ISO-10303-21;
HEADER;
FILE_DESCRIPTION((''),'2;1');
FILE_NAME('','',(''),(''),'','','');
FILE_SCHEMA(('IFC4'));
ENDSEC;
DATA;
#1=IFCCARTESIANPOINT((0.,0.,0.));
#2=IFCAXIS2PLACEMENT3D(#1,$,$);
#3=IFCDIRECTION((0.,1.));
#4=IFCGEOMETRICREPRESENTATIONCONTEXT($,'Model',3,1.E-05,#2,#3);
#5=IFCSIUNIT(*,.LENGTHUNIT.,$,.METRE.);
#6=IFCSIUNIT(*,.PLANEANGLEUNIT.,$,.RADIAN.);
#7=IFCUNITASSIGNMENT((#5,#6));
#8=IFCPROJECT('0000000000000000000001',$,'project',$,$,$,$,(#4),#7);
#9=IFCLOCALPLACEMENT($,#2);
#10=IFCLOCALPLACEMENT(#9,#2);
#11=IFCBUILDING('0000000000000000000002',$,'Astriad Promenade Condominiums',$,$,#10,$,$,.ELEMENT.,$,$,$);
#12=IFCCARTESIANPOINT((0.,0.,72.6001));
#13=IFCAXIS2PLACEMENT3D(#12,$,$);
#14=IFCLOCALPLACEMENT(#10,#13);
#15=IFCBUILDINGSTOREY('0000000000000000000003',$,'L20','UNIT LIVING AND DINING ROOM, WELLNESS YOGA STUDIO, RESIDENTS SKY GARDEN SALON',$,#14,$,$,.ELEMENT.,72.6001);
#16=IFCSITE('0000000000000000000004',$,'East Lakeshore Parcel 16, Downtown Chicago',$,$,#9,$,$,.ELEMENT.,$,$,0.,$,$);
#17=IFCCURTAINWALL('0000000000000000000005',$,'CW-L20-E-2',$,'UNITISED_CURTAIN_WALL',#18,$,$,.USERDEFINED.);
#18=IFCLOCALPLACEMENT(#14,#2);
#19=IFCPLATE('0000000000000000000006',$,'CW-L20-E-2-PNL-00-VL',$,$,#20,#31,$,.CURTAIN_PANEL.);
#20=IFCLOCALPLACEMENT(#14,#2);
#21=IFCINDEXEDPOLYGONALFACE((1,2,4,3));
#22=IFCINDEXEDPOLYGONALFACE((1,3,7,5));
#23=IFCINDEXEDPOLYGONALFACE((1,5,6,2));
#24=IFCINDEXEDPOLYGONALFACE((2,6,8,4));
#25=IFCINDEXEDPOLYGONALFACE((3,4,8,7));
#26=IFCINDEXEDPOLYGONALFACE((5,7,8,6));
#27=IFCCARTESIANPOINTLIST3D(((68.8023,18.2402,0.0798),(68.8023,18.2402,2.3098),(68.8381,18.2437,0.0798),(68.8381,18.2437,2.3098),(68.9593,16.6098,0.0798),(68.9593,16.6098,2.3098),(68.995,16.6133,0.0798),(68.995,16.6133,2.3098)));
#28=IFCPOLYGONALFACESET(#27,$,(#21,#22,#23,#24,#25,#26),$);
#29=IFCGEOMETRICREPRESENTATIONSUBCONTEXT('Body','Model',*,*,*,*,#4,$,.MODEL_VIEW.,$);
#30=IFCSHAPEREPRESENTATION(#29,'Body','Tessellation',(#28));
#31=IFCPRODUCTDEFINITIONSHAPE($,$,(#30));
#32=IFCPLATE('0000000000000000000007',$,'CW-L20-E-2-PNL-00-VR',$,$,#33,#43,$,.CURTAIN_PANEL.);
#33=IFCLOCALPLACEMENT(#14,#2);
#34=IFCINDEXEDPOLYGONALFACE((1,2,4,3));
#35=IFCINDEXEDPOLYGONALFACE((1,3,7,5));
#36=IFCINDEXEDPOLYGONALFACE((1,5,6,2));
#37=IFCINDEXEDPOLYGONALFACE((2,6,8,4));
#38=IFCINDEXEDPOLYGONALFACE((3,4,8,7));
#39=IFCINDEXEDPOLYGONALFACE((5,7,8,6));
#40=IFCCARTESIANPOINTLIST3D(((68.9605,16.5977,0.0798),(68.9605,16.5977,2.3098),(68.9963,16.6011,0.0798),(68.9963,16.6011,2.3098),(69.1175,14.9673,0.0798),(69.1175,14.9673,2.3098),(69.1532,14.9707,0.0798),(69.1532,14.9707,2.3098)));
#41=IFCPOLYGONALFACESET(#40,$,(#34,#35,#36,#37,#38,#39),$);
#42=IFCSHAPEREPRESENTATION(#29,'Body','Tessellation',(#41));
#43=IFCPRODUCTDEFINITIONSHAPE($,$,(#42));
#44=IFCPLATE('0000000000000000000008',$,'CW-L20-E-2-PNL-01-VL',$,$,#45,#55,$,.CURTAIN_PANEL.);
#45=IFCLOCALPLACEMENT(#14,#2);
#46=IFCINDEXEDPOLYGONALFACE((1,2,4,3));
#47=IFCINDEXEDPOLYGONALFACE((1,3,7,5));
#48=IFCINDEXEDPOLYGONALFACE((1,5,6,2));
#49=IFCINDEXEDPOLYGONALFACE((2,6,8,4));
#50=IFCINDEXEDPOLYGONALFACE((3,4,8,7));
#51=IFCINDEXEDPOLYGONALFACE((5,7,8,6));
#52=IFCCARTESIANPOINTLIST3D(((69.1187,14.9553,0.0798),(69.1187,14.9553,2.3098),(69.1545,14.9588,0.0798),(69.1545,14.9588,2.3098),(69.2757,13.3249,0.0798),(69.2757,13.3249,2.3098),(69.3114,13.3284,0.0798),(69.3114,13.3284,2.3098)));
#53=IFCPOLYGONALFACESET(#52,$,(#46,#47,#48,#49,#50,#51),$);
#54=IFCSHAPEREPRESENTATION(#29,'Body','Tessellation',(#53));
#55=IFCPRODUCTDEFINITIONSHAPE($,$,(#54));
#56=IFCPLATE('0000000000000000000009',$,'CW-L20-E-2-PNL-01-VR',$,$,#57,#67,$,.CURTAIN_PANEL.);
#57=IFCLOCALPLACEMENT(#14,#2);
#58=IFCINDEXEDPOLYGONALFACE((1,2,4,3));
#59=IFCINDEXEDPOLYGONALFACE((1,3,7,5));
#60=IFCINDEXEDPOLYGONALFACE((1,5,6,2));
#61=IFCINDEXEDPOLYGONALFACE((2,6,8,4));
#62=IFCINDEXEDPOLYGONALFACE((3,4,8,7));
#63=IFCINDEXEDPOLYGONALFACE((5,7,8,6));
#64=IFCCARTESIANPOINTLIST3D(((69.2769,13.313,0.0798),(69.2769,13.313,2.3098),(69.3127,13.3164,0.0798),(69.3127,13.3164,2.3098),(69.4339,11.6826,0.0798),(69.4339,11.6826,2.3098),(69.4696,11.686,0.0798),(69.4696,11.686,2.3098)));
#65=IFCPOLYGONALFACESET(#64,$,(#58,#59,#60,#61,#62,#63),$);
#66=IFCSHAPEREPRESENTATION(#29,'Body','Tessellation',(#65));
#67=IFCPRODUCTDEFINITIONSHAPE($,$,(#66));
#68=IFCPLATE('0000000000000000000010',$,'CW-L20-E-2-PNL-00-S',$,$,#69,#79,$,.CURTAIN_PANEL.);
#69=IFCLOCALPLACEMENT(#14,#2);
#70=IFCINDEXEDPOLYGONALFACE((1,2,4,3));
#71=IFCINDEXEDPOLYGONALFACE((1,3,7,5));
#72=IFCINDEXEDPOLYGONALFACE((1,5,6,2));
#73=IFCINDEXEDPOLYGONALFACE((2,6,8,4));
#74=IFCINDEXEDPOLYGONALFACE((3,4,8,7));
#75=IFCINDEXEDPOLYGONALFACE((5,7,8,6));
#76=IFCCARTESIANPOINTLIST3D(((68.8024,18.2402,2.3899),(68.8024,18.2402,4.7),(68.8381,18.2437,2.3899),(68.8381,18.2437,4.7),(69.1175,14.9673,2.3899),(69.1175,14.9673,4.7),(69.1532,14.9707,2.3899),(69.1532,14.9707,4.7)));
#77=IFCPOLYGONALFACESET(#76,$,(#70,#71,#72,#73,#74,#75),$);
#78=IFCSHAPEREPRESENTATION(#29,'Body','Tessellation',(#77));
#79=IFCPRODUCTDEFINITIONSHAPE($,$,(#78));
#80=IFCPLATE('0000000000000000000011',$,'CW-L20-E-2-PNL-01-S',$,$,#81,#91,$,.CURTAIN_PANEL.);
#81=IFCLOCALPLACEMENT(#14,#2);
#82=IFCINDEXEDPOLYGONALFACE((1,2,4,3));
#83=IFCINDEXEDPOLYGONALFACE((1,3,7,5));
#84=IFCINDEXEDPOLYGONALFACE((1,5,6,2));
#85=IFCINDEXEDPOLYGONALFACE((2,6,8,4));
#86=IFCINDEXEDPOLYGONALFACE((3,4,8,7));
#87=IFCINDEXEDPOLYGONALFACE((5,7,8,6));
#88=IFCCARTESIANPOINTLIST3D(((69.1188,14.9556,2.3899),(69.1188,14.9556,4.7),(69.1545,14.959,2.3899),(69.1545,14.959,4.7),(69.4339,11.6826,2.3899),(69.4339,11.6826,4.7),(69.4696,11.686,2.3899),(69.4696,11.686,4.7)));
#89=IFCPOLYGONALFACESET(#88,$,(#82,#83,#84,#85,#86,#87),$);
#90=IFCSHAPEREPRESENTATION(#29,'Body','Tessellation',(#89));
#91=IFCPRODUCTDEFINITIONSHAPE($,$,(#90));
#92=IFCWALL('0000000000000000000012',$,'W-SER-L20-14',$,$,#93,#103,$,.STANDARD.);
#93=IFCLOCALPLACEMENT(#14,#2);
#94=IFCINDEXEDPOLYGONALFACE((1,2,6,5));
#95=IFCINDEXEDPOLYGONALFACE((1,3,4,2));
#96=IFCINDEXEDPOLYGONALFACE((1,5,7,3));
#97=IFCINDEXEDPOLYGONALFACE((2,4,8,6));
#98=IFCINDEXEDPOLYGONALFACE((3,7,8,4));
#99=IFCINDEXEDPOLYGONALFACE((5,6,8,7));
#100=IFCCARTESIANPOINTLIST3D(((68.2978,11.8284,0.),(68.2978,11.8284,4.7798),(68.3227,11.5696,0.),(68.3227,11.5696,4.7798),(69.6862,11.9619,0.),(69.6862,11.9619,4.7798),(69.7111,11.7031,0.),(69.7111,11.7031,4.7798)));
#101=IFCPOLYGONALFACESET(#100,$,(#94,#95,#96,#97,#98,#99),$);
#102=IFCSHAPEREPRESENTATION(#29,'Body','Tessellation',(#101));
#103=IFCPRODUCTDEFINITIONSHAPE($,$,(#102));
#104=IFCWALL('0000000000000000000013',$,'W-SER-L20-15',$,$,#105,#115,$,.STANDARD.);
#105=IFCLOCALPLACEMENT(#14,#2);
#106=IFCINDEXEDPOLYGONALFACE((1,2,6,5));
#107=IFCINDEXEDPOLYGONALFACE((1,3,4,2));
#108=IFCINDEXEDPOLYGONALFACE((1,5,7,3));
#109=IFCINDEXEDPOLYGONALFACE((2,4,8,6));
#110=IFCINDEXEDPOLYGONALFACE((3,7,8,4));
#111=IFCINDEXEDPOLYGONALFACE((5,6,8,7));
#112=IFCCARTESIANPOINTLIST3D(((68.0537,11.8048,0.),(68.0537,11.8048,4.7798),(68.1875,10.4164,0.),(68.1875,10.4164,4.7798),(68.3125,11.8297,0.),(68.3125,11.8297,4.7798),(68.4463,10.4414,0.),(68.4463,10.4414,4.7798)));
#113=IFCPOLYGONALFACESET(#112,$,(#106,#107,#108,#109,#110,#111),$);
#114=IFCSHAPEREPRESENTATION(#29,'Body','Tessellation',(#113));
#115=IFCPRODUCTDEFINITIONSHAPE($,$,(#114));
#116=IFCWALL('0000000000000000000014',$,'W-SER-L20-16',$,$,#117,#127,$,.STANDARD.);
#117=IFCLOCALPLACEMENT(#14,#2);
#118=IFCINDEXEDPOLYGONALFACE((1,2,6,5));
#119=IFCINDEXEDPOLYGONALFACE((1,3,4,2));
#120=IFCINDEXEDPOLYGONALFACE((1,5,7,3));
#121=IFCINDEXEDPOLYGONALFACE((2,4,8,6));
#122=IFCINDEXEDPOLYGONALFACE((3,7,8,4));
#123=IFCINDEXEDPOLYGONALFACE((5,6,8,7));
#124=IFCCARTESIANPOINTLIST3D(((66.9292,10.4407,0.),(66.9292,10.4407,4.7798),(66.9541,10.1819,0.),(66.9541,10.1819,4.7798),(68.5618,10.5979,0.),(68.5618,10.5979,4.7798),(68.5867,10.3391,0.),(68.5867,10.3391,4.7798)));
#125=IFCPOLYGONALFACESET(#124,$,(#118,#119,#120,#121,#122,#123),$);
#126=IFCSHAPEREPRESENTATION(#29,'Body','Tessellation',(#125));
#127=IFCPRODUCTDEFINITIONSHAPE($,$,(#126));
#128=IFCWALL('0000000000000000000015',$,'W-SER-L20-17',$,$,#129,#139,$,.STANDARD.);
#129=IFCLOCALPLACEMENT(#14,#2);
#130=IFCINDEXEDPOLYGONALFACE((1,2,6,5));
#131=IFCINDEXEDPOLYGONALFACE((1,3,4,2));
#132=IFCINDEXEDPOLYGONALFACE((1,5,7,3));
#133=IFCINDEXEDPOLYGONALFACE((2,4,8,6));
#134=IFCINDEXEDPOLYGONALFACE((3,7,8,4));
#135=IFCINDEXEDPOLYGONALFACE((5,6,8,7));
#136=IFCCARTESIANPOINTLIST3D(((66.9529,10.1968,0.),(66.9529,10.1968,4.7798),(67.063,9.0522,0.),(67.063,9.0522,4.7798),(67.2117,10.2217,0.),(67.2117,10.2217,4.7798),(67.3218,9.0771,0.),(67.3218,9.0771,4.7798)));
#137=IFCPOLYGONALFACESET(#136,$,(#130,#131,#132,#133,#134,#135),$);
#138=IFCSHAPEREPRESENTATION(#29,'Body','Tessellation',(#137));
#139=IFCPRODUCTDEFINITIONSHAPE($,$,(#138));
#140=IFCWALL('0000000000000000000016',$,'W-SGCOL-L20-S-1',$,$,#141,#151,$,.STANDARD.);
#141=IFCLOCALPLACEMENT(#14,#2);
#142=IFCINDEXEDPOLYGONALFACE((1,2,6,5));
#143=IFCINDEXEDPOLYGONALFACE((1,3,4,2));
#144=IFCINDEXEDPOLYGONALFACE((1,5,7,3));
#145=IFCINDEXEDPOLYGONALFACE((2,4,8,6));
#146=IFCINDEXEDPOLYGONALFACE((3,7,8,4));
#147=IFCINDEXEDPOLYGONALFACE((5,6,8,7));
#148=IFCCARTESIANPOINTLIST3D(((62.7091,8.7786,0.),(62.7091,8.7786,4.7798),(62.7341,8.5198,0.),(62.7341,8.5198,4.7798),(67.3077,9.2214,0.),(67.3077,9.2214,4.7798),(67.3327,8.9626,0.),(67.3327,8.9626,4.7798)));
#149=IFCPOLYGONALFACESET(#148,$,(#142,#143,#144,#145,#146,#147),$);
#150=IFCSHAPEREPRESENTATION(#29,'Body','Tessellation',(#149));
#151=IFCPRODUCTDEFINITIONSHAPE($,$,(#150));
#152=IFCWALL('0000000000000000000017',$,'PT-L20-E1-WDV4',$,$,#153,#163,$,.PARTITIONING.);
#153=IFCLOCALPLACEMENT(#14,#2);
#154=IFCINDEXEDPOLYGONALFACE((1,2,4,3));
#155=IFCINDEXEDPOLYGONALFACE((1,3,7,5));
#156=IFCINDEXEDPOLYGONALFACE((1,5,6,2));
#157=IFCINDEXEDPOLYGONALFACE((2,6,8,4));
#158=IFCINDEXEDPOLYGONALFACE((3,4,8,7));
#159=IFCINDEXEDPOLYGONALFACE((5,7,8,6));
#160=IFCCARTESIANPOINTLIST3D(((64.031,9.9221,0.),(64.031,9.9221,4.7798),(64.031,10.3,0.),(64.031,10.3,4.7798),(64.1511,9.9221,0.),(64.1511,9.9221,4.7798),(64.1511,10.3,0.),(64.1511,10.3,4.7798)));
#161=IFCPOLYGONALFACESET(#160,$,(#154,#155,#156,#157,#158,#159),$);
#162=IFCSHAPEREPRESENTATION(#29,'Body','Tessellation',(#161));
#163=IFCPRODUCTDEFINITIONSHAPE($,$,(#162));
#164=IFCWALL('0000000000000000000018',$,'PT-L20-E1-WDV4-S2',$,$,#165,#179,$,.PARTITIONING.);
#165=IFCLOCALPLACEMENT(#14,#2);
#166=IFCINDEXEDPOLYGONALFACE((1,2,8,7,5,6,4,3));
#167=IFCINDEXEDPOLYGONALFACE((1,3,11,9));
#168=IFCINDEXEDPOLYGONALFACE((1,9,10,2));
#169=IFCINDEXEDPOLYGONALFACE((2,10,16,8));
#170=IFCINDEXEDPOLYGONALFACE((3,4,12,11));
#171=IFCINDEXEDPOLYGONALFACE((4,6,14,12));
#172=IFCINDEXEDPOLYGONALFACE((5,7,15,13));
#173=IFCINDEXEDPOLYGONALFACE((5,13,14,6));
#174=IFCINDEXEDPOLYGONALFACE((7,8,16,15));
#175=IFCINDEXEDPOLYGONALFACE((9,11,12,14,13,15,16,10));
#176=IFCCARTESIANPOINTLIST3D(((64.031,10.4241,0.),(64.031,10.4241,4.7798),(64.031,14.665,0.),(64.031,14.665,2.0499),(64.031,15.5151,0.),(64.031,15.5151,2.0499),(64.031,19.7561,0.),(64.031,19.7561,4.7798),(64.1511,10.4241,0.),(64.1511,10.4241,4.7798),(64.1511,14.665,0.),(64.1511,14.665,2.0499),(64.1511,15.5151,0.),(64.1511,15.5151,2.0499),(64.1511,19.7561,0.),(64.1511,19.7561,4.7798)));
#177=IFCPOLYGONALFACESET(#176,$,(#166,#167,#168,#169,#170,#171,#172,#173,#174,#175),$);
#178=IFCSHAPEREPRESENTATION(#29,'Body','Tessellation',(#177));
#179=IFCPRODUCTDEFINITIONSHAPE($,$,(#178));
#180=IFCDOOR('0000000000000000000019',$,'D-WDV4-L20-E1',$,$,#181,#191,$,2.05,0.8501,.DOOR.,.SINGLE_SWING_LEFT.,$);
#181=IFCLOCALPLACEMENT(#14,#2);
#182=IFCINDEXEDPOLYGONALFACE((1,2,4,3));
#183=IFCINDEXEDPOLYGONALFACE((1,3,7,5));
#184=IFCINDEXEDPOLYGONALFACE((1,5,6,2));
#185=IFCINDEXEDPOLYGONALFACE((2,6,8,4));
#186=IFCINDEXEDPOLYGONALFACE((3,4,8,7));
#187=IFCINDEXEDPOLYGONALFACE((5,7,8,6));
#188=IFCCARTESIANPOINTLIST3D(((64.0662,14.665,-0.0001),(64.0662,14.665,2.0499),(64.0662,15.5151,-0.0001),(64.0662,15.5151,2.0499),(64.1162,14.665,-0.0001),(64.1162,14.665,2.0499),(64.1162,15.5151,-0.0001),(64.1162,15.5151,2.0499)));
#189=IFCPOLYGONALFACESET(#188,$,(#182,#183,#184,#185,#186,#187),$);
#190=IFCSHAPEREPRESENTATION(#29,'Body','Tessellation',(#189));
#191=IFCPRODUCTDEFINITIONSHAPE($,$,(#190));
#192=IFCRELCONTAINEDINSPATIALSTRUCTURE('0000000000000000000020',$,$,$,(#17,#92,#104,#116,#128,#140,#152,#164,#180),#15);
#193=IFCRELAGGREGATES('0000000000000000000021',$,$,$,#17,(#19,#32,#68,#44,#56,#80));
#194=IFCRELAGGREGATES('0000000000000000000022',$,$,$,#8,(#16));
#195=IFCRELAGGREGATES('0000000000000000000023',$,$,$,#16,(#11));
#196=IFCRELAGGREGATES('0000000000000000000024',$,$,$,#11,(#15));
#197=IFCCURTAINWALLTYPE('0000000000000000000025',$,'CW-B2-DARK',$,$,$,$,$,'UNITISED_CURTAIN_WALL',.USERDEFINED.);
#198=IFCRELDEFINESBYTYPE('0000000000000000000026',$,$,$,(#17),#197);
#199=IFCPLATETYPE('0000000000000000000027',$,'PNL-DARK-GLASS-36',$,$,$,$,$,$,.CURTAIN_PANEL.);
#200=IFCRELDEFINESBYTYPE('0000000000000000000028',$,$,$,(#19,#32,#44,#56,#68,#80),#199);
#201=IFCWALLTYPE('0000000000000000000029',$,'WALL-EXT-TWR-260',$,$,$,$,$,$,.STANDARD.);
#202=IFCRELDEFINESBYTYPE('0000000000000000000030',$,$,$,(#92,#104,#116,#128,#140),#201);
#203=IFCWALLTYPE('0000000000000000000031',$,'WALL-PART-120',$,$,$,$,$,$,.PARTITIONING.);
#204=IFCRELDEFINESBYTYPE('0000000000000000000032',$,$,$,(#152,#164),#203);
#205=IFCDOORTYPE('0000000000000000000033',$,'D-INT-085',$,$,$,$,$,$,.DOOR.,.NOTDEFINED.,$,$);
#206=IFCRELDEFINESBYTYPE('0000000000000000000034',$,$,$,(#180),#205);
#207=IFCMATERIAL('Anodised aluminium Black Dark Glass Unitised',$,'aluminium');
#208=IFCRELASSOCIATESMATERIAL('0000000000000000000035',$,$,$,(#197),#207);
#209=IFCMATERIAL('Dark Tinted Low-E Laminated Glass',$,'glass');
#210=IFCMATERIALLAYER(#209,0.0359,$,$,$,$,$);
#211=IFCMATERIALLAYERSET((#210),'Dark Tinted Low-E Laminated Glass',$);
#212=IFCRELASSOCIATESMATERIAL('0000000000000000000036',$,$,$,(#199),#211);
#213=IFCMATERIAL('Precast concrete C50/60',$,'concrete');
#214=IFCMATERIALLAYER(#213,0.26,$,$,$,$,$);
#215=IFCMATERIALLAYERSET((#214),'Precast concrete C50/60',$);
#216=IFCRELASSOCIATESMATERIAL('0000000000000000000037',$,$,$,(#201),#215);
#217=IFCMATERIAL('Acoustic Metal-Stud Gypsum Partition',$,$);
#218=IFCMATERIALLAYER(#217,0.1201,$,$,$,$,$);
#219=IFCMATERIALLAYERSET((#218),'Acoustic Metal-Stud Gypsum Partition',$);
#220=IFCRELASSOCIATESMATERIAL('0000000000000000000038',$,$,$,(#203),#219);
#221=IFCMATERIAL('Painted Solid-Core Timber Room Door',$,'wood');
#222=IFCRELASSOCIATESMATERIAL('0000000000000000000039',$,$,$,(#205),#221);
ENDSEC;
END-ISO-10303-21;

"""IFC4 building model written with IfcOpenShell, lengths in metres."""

from ifc_helpers import new_model, si_unit, direction, frame, frame_2d, origin, origin_2d, place, context, subcontext, project, spatial, rectangle, extrude, source, transform, mapped, material, layer, layer_set, type_object, type_shapes, element, fill, aggregate, save


model = new_model("IFC4")

# Units and contexts
model_context = context("Model", 3, precision=1e-05, world=origin(), true_north=direction((0.0, 1.0)))
body_context = subcontext(model_context, "Body", "Model", "MODEL_VIEW")
ifc_project = project(units=[si_unit("LENGTHUNIT", "METRE"), si_unit("PLANEANGLEUNIT", "RADIAN")], contexts=[model_context])

# Site, building, storey
site_placement = place(None, origin())
site = spatial("IfcSite", under=ifc_project, at=site_placement, Name="East Lakeshore Parcel 16, Downtown Chicago", CompositionType="ELEMENT", RefElevation=0.0)
building_placement = place(site_placement, origin())
building = spatial("IfcBuilding", under=site, at=building_placement, Name="Astriad Promenade Condominiums", CompositionType="ELEMENT")
storey_placement = place(building_placement, frame((0.0, 0.0, 72.6001)))
storey = spatial("IfcBuildingStorey", under=building, at=storey_placement, Name="L20", Description="UNIT LIVING AND DINING ROOM, WELLNESS YOGA STUDIO, RESIDENTS SKY GARDEN SALON", CompositionType="ELEMENT", Elevation=72.6001)

# Curtain wall
ifc_material_1 = material(Name="Anodised aluminium Black Dark Glass Unitised", Category="aluminium")
curtain_wall_type = type_object("IfcCurtainWallType", Name="CW-B2-DARK", ElementType="UNITISED_CURTAIN_WALL", PredefinedType="USERDEFINED", material=ifc_material_1)
curtain_wall_placement = place(storey_placement, origin())
curtain_wall = element("IfcCurtainWall", 1, at=curtain_wall_placement, inside=storey, type_object=curtain_wall_type, Name="CW-L20-E-2", ObjectType="UNITISED_CURTAIN_WALL", PredefinedType="USERDEFINED")

# Plates
ifc_material_2 = material(Name="Dark Tinted Low-E Laminated Glass", Category="glass")
ifc_layer_1 = layer(ifc_material_2, 0.0359)
ifc_layer_set_1 = layer_set([ifc_layer_1], Name="Dark Tinted Low-E Laminated Glass")
plate_type_1 = type_object("IfcPlateType", Name="PNL-DARK-GLASS-36", PredefinedType="CURTAIN_PANEL", material=ifc_layer_set_1)
shared_shape_1 = source(origin(), body_context, "Body", "SweptSolid", [
    extrude(rectangle(XDim=1.6379, YDim=0.0359, at=origin_2d()), origin(), (0.0, 0.0, 1.0), 2.23),
])
plate_1_placement = place(storey_placement, frame((68.8987, 17.4268, 0.0798), z_axis=(0.0, 0.0, 1.0), x_axis=(0.095828, -0.995398, 0.0)))
plate_1 = element("IfcPlate", 2, at=plate_1_placement, type_object=plate_type_1, Name="CW-L20-E-2-PNL-00-VL", PredefinedType="CURTAIN_PANEL", context=body_context, shape_type="MappedRepresentation", body=[
    mapped(shared_shape_1, transform((0.0, 0.0, 0.0), scale=1.0)),
])
plate_2_placement = place(storey_placement, frame((69.0569, 15.7842, 0.0798), z_axis=(0.0, 0.0, 1.0), x_axis=(0.095828, -0.995398, 0.0)))
plate_2 = element("IfcPlate", 3, at=plate_2_placement, type_object=plate_type_1, Name="CW-L20-E-2-PNL-00-VR", PredefinedType="CURTAIN_PANEL", context=body_context, shape_type="MappedRepresentation", body=[
    mapped(shared_shape_1, transform((0.0, 0.0, 0.0), scale=1.0)),
])
plate_3_placement = place(storey_placement, frame((69.2151, 14.1418, 0.0798), z_axis=(0.0, 0.0, 1.0), x_axis=(0.095828, -0.995398, 0.0)))
plate_3 = element("IfcPlate", 4, at=plate_3_placement, type_object=plate_type_1, Name="CW-L20-E-2-PNL-01-VL", PredefinedType="CURTAIN_PANEL", context=body_context, shape_type="MappedRepresentation", body=[
    mapped(shared_shape_1, transform((0.0, 0.0, 0.0), scale=1.0)),
])
plate_4_placement = place(storey_placement, frame((69.3733, 12.4995, 0.0798), z_axis=(0.0, 0.0, 1.0), x_axis=(0.095828, -0.995398, 0.0)))
plate_4 = element("IfcPlate", 5, at=plate_4_placement, type_object=plate_type_1, Name="CW-L20-E-2-PNL-01-VR", PredefinedType="CURTAIN_PANEL", context=body_context, shape_type="MappedRepresentation", body=[
    mapped(shared_shape_1, transform((0.0, 0.0, 0.0), scale=1.0)),
])
shared_shape_2 = source(origin(), body_context, "Body", "SweptSolid", [
    extrude(rectangle(XDim=3.2881, YDim=0.0359, at=origin_2d()), origin(), (0.0, 0.0, 1.0), 2.3101),
])
type_shapes(plate_type_1, [shared_shape_1, shared_shape_2])
plate_5_placement = place(storey_placement, frame((68.9778, 16.6055, 2.3899), z_axis=(0.0, 0.0, 1.0), x_axis=(0.095828, -0.995398, 0.0)))
plate_5 = element("IfcPlate", 6, at=plate_5_placement, type_object=plate_type_1, Name="CW-L20-E-2-PNL-00-S", PredefinedType="CURTAIN_PANEL", context=body_context, shape_type="MappedRepresentation", body=[
    mapped(shared_shape_2, transform((0.0, 0.0, 0.0), scale=1.0)),
])
plate_6_placement = place(storey_placement, frame((69.2942, 13.3208, 2.3899), z_axis=(0.0, 0.0, 1.0), x_axis=(0.095828, -0.995398, 0.0)))
plate_6 = element("IfcPlate", 7, at=plate_6_placement, type_object=plate_type_1, Name="CW-L20-E-2-PNL-01-S", PredefinedType="CURTAIN_PANEL", context=body_context, shape_type="MappedRepresentation", body=[
    mapped(shared_shape_2, transform((0.0, 0.0, 0.0), scale=1.0)),
])
aggregate(curtain_wall, [plate_1, plate_2, plate_5, plate_3, plate_4, plate_6])

# Walls
ifc_material_3 = material(Name="Precast concrete C50/60", Category="concrete")
ifc_layer_2 = layer(ifc_material_3, 0.26)
ifc_layer_set_2 = layer_set([ifc_layer_2], Name="Precast concrete C50/60")
wall_type_1 = type_object("IfcWallType", Name="WALL-EXT-TWR-260", PredefinedType="STANDARD", material=ifc_layer_set_2)
for number, where, z_axis, x_axis, name in (
    (8, (69.6985, 11.8325, 0.0), (0.0, 0.0, 1.0), (-0.995406, -0.095742, 0.0), "W-SER-L20-14"),
    (9, (68.1831, 11.8171, 0.0), (0.0, 0.0, 1.0), (0.095916, -0.995389, 0.0), "W-SER-L20-15"),
):
    element("IfcWall", number, at=place(storey_placement, frame(where, z_axis=z_axis, x_axis=x_axis)), inside=storey, type_object=wall_type_1, Name=name, PredefinedType="STANDARD", context=body_context, shape_type="SweptSolid", body=[
        extrude(rectangle(XDim=1.3948, YDim=0.26, at=frame_2d((0.6973, 0.0))), origin(), (0.0, 0.0, 1.0), 4.7798),
    ])
wall_1_placement = place(storey_placement, frame((68.5742, 10.4685, 0.0), z_axis=(0.0, 0.0, 1.0), x_axis=(-0.995395, -0.095863, 0.0)))
element("IfcWall", 10, at=wall_1_placement, inside=storey, type_object=wall_type_1, Name="W-SER-L20-16", PredefinedType="STANDARD", context=body_context, shape_type="SweptSolid", body=[
    extrude(rectangle(XDim=1.6401, YDim=0.26, at=frame_2d((0.8201, 0.0))), origin(), (0.0, 0.0, 1.0), 4.7798),
])
wall_2_placement = place(storey_placement, frame((67.0823, 10.2092, 0.0), z_axis=(0.0, 0.0, 1.0), x_axis=(0.095761, -0.995404, 0.0)))
element("IfcWall", 11, at=wall_2_placement, inside=storey, type_object=wall_type_1, Name="W-SER-L20-17", PredefinedType="STANDARD", context=body_context, shape_type="SweptSolid", body=[
    extrude(rectangle(XDim=1.1499, YDim=0.26, at=frame_2d((0.575, 0.0))), origin(), (0.0, 0.0, 1.0), 4.7798),
])
wall_3_placement = place(storey_placement, frame((67.3203, 9.092, 0.0), z_axis=(0.0, 0.0, 1.0), x_axis=(-0.995395, -0.095861, 0.0)))
element("IfcWall", 12, at=wall_3_placement, inside=storey, type_object=wall_type_1, Name="W-SGCOL-L20-S-1", PredefinedType="STANDARD", context=body_context, shape_type="SweptSolid", body=[
    extrude(rectangle(XDim=4.6199, YDim=0.26, at=frame_2d((2.3101, 0.0))), origin(), (0.0, 0.0, 1.0), 4.7798),
])
ifc_material_4 = material(Name="Acoustic Metal-Stud Gypsum Partition")
ifc_layer_3 = layer(ifc_material_4, 0.1201)
ifc_layer_set_3 = layer_set([ifc_layer_3], Name="Acoustic Metal-Stud Gypsum Partition")
wall_type_2 = type_object("IfcWallType", Name="WALL-PART-120", PredefinedType="PARTITIONING", material=ifc_layer_set_3)
wall_4_placement = place(storey_placement, frame((64.0911, 9.9221, 0.0), z_axis=(0.0, 0.0, 1.0), x_axis=(0.0, 1.0, 0.0)))
element("IfcWall", 13, at=wall_4_placement, inside=storey, type_object=wall_type_2, Name="PT-L20-E1-WDV4", PredefinedType="PARTITIONING", context=body_context, shape_type="SweptSolid", body=[
    extrude(rectangle(XDim=0.3779, YDim=0.1201, at=frame_2d((0.189, 0.0))), origin(), (0.0, 0.0, 1.0), 4.7798),
])

# Wall, opening, door
wall_5_placement = place(storey_placement, frame((64.0911, 10.4241, 0.0), z_axis=(0.0, 0.0, 1.0), x_axis=(0.0, 1.0, 0.0)))
wall_5 = element("IfcWall", 14, at=wall_5_placement, inside=storey, type_object=wall_type_2, Name="PT-L20-E1-WDV4-S2", PredefinedType="PARTITIONING", context=body_context, shape_type="SweptSolid", body=[
    extrude(rectangle(XDim=9.332, YDim=0.1201, at=frame_2d((4.666, 0.0))), origin(), (0.0, 0.0, 1.0), 4.7798),
])
opening_placement = place(wall_5_placement, frame((4.241, 0.0, 0.0)))
opening = element("IfcOpeningElement", 15, at=opening_placement, cuts=wall_5, PredefinedType="OPENING", context=body_context, shape_type="SweptSolid", body=[
    extrude(rectangle(XDim=0.8501, YDim=2.05, at=frame_2d((0.425, 1.0249))), frame((0.0, 0.0701, 0.0), z_axis=(0.0, -1.0, 0.0), x_axis=(1.0, 0.0, 0.0)), (0.0, 0.0, 1.0), 0.1401),
])
ifc_material_5 = material(Name="Painted Solid-Core Timber Room Door", Category="wood")
door_type = type_object("IfcDoorType", Name="D-INT-085", OperationType="NOTDEFINED", PredefinedType="DOOR", material=ifc_material_5)
shared_shape_3 = source(origin(), body_context, "Body", "SweptSolid", [
    extrude(rectangle(XDim=0.8501, YDim=2.05, at=frame_2d((0.425, 1.0249))), frame((0.0, 0.0249, 0.0), z_axis=(0.0, -1.0, 0.0), x_axis=(1.0, 0.0, 0.0)), (0.0, 0.0, 1.0), 0.05),
])
type_shapes(door_type, [shared_shape_3])
door_placement = place(opening_placement, origin())
door = element("IfcDoor", 16, at=door_placement, inside=storey, type_object=door_type, Name="D-WDV4-L20-E1", OperationType="SINGLE_SWING_LEFT", OverallHeight=2.05, OverallWidth=0.8501, PredefinedType="DOOR", context=body_context, shape_type="MappedRepresentation", body=[
    mapped(shared_shape_3, transform((0.0, 0.0, 0.0), scale=1.0)),
])
fill(opening, door)

save(model, "model.ifc")
